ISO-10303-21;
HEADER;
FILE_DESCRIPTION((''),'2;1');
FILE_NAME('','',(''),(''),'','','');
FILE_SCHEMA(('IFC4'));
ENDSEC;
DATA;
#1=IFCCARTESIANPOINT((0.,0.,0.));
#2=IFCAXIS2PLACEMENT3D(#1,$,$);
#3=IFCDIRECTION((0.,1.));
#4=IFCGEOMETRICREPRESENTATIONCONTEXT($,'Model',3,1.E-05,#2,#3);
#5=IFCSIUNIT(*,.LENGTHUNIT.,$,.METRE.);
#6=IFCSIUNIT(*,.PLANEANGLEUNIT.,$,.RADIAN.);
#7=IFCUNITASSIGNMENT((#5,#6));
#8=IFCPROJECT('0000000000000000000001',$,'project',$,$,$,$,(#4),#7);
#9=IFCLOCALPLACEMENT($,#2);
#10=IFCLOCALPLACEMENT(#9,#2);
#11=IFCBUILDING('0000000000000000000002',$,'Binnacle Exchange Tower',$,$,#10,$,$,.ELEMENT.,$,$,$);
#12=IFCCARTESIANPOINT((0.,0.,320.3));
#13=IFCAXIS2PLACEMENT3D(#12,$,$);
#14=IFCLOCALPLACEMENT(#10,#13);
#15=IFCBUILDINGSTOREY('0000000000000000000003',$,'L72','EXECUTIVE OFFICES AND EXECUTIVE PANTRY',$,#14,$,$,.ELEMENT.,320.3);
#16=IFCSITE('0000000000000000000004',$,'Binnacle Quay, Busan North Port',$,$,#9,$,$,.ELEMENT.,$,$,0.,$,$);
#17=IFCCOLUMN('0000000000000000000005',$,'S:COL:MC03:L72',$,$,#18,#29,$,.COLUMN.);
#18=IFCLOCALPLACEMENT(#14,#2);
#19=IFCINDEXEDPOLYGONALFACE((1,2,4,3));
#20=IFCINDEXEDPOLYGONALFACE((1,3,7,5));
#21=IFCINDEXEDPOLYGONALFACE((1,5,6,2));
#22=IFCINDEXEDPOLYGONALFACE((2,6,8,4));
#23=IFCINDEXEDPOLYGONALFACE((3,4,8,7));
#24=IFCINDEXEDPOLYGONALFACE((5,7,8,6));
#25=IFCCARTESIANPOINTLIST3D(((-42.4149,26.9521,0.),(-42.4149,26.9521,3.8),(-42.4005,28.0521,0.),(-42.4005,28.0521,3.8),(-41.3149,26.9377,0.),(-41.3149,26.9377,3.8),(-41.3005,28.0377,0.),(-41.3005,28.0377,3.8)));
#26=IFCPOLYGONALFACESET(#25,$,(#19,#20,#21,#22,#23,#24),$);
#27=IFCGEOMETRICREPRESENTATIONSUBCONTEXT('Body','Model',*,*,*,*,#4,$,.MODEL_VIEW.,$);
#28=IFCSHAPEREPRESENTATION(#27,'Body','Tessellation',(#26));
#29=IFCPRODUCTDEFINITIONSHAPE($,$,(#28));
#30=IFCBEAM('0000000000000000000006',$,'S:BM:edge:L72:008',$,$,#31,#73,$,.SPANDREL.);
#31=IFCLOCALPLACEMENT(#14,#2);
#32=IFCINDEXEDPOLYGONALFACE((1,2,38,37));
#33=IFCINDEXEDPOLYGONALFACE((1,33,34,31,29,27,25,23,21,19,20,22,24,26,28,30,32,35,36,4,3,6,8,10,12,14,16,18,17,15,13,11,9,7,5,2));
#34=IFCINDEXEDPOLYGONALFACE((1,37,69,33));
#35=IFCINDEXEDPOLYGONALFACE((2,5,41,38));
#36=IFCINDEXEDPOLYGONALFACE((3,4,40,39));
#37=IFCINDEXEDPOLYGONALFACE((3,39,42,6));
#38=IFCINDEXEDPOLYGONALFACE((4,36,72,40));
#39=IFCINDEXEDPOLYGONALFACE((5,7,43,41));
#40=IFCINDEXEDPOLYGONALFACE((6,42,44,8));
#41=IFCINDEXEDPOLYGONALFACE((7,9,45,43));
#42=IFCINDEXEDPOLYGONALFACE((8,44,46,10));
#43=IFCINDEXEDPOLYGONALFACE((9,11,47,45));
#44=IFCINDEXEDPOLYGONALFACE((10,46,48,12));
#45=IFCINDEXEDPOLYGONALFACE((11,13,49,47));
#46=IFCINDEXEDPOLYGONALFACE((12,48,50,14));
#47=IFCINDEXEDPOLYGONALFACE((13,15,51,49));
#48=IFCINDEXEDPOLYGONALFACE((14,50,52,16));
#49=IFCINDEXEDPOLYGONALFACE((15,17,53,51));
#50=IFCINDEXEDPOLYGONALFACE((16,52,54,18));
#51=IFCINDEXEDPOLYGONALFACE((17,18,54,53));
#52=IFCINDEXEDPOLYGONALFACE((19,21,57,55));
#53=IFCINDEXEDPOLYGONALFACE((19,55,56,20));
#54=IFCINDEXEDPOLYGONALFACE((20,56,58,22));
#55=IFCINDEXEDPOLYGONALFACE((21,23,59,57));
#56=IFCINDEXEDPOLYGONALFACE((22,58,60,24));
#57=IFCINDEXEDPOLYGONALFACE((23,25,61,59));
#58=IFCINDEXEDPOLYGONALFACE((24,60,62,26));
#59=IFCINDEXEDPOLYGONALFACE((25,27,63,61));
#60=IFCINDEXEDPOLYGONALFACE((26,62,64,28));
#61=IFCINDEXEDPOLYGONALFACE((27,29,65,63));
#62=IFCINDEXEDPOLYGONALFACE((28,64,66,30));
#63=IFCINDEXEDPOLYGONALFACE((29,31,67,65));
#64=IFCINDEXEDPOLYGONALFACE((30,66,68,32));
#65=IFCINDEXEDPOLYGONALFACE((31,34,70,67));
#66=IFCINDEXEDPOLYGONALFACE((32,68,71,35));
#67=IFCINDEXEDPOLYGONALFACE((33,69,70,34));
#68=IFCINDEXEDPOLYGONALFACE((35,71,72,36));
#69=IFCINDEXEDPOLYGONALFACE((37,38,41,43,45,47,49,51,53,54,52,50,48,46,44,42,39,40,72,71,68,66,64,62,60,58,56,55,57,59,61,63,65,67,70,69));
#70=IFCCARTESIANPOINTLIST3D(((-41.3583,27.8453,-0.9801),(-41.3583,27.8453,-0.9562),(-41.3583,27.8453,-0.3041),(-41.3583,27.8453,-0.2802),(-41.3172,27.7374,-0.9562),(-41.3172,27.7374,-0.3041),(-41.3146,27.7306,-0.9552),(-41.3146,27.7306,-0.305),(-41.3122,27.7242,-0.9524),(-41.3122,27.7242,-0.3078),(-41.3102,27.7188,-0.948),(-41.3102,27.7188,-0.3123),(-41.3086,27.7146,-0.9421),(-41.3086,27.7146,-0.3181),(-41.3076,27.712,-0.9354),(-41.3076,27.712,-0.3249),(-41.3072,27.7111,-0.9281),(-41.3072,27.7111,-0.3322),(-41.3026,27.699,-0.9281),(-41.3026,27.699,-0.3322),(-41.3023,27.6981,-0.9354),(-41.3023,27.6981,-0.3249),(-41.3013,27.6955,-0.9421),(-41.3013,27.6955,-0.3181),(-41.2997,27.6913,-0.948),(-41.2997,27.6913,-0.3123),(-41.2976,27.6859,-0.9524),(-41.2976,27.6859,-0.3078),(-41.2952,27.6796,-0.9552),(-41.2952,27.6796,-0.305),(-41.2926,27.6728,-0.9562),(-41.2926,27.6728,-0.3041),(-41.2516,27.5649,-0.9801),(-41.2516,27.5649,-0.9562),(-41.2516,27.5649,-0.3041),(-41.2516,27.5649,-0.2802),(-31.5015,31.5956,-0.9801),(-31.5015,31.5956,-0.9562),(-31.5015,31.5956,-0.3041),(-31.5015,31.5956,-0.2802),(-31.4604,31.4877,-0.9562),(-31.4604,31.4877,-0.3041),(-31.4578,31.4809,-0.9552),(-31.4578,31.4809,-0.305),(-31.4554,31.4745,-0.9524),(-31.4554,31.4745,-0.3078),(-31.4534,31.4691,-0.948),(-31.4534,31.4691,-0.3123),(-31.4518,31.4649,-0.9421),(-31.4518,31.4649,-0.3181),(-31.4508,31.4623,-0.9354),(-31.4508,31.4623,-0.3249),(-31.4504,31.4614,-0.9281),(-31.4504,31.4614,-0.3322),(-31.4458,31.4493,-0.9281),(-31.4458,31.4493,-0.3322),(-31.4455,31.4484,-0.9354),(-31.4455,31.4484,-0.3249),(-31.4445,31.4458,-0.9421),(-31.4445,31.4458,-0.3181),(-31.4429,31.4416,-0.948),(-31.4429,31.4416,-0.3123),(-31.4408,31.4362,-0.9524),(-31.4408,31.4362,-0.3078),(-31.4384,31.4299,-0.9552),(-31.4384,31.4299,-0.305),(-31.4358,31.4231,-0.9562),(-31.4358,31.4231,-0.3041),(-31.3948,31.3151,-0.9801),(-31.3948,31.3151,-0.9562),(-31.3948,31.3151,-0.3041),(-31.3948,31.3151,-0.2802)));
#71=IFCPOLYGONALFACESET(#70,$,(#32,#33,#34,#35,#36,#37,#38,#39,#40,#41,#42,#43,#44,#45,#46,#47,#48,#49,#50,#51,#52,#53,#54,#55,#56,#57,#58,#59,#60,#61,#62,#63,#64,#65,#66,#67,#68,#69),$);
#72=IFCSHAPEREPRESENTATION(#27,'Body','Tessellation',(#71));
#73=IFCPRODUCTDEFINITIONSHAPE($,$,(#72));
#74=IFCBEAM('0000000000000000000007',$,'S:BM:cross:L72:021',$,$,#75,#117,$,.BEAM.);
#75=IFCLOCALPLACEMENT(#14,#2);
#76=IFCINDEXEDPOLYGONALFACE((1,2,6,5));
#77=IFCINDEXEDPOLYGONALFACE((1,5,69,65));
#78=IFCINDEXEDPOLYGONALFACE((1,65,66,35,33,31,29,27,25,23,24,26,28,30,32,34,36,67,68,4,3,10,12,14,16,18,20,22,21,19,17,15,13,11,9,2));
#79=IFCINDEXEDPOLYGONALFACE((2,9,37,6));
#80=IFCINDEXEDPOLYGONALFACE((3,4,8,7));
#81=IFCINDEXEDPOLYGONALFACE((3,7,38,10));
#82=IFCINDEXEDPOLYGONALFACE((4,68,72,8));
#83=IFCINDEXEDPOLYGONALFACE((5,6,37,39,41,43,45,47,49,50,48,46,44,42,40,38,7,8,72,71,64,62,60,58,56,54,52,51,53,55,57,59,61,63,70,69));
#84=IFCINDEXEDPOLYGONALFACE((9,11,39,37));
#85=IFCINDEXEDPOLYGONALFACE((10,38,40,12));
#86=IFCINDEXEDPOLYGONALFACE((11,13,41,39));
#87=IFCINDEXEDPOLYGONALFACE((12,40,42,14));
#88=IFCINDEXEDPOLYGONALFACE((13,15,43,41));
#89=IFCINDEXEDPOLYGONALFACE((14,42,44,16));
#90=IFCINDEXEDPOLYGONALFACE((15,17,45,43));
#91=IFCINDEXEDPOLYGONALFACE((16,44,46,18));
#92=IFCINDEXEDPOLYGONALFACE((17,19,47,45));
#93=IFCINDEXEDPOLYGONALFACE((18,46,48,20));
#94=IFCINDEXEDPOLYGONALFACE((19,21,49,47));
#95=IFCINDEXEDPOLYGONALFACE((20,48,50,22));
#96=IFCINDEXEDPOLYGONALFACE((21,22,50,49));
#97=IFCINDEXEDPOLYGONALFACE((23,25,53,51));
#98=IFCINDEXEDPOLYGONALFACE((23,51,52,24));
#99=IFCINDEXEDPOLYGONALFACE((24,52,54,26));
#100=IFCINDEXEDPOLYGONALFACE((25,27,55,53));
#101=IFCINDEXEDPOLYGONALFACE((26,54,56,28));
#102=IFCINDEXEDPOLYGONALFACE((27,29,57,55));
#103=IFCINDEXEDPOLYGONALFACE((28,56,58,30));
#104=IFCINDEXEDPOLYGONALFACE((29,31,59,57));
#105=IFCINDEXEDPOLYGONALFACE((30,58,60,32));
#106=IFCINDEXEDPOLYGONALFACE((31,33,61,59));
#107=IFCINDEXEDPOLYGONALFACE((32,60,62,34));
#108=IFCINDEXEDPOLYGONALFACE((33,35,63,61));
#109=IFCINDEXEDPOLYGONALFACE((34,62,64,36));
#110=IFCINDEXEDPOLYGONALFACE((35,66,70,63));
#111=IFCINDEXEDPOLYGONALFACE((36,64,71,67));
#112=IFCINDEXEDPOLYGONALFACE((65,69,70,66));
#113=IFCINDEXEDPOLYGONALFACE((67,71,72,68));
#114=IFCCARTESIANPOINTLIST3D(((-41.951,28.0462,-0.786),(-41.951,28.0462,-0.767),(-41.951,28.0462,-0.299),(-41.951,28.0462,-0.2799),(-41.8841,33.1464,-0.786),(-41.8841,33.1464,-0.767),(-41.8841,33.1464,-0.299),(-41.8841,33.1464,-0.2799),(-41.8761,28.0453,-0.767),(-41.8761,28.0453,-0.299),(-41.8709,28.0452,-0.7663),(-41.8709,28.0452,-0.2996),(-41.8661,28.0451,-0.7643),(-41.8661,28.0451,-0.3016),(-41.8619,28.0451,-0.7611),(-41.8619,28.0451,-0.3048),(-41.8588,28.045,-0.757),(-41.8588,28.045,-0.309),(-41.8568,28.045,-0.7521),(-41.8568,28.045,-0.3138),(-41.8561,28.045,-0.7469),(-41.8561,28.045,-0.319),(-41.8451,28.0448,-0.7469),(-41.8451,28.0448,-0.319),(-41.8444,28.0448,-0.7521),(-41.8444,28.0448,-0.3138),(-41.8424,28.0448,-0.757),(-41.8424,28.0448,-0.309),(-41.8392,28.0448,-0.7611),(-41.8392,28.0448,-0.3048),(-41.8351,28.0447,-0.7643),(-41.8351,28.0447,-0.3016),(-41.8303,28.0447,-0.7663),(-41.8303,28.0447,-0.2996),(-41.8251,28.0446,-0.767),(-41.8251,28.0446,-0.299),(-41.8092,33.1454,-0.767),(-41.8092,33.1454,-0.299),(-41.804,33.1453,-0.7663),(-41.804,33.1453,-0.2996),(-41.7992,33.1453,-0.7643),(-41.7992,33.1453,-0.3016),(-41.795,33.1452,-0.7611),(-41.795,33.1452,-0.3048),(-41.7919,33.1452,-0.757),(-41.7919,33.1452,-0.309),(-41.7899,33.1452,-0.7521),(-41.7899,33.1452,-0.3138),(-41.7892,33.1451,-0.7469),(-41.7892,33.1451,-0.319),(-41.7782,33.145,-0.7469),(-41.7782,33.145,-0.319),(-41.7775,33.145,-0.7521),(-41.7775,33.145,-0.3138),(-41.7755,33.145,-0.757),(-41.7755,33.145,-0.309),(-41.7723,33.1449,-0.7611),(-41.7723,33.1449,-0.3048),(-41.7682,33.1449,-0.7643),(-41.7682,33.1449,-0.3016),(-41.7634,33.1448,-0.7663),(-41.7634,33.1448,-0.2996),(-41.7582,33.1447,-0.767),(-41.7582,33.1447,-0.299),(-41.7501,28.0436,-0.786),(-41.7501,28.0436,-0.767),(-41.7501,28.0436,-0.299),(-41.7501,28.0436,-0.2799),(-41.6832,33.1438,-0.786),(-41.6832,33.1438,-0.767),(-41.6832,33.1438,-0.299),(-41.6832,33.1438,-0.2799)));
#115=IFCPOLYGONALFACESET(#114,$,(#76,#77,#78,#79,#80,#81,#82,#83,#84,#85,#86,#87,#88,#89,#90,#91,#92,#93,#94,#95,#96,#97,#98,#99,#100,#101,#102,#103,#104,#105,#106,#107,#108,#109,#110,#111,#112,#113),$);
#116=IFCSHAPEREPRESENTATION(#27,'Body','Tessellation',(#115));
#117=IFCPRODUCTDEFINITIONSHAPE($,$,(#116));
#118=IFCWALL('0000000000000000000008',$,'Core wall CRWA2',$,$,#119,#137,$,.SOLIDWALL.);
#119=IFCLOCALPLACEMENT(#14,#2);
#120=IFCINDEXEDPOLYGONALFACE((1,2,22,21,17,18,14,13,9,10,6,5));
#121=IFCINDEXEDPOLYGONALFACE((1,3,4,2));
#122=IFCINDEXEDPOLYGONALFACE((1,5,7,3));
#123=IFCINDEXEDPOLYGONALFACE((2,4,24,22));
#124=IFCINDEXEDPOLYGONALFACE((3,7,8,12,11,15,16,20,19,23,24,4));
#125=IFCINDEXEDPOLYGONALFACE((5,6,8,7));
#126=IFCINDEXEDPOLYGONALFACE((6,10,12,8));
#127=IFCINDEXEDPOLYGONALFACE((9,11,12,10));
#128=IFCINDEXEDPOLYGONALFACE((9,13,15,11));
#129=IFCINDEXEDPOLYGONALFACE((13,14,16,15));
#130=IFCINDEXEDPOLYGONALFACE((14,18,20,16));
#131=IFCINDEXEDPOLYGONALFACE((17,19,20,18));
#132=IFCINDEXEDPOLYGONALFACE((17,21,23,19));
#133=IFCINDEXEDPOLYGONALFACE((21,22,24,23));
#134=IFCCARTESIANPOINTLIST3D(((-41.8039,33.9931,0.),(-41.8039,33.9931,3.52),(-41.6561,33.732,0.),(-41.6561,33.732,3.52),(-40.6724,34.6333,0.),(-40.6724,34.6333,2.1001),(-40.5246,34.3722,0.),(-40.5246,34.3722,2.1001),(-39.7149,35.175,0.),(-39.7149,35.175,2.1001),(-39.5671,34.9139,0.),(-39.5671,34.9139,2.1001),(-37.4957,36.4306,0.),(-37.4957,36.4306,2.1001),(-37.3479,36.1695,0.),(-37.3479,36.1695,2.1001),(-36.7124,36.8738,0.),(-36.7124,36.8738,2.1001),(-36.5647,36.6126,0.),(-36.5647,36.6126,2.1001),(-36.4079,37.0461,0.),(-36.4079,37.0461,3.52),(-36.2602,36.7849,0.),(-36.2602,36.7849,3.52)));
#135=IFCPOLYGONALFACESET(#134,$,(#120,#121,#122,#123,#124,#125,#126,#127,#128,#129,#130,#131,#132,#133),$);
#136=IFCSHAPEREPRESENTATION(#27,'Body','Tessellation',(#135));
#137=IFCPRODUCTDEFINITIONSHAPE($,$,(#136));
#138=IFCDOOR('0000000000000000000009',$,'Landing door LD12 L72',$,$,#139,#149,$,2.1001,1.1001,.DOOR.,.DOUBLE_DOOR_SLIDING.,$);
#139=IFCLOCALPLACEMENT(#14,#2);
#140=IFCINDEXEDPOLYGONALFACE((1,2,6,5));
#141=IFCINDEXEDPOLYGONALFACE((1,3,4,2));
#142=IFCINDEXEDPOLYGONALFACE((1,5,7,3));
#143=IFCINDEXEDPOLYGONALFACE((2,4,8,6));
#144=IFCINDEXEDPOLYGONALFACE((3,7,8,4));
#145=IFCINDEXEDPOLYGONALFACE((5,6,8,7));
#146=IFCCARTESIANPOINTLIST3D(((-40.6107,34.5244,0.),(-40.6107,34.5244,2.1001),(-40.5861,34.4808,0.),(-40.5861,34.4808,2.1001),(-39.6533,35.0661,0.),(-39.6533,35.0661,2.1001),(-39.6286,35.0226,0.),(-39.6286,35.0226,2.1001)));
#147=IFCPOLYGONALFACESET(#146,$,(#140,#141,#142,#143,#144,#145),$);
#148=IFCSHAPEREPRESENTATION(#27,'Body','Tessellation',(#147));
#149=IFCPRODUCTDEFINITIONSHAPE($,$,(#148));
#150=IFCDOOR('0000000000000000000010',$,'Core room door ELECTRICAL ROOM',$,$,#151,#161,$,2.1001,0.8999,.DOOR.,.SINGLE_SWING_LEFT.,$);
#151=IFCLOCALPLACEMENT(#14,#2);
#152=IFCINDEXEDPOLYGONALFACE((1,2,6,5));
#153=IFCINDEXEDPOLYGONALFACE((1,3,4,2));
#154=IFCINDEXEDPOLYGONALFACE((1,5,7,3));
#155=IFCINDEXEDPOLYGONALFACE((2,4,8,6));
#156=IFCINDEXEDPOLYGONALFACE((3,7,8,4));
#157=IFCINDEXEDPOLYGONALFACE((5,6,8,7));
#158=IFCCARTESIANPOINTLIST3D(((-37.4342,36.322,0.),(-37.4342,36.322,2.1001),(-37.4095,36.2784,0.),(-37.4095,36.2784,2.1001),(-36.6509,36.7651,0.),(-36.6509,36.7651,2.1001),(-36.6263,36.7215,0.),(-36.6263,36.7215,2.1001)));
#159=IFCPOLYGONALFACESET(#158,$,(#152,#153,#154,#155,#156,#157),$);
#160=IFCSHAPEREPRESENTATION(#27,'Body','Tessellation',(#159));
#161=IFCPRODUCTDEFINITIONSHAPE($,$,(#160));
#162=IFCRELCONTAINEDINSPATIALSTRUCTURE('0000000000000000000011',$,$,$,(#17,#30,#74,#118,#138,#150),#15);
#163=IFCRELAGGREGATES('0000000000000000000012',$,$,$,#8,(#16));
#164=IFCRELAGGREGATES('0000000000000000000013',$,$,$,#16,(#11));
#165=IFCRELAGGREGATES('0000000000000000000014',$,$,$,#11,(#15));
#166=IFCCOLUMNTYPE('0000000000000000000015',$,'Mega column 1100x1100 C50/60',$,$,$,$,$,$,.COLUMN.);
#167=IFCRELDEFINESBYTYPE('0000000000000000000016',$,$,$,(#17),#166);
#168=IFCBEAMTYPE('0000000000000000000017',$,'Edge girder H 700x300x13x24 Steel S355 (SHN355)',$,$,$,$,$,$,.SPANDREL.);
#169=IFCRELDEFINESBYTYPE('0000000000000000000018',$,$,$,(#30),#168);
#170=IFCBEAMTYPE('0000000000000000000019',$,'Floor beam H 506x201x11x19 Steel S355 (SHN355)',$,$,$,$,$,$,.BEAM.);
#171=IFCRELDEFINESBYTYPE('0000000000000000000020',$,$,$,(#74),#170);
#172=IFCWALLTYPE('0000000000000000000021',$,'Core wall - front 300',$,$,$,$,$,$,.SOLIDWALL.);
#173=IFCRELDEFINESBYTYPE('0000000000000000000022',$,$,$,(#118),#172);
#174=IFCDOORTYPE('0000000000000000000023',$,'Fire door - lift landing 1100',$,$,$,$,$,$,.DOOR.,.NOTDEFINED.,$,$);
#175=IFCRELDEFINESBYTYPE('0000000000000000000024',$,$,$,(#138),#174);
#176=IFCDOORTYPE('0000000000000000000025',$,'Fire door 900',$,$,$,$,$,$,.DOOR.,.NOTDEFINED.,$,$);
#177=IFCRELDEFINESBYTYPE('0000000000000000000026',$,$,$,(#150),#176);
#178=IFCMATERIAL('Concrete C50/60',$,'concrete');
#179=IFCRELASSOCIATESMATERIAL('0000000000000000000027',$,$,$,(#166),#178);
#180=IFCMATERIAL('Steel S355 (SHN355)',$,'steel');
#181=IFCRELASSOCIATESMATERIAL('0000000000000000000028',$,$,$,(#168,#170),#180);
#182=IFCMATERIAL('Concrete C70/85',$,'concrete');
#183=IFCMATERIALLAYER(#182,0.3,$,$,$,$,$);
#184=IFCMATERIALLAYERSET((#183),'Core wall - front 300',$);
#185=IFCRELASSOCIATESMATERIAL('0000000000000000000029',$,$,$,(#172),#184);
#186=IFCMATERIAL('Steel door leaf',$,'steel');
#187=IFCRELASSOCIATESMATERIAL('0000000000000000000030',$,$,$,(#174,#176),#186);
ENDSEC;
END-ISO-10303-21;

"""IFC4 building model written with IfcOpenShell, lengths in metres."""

from ifc_helpers import new_model, si_unit, direction, frame, frame_2d, origin, origin_2d, place, context, subcontext, project, spatial, rectangle, i_section, extrude, material, layer, layer_set, material_profile, profile_set, type_object, element, fill, save


model = new_model("IFC4")

# Units and contexts
model_context = context("Model", 3, precision=1e-05, world=origin(), true_north=direction((0.0, 1.0)))
body_context = subcontext(model_context, "Body", "Model", "MODEL_VIEW")
ifc_project = project(units=[si_unit("LENGTHUNIT", "METRE"), si_unit("PLANEANGLEUNIT", "RADIAN")], contexts=[model_context])

# Site, building, storey
site_placement = place(None, origin())
site = spatial("IfcSite", under=ifc_project, at=site_placement, Name="Binnacle Quay, Busan North Port", CompositionType="ELEMENT", RefElevation=0.0)
building_placement = place(site_placement, origin())
building = spatial("IfcBuilding", under=site, at=building_placement, Name="Binnacle Exchange Tower", CompositionType="ELEMENT")
storey_placement = place(building_placement, frame((0.0, 0.0, 320.3)))
storey = spatial("IfcBuildingStorey", under=building, at=storey_placement, Name="L72", Description="EXECUTIVE OFFICES AND EXECUTIVE PANTRY", CompositionType="ELEMENT", Elevation=320.3)

# Column
ifc_material_1 = material(Name="Concrete C50/60", Category="concrete")
ifc_material_profile_1 = material_profile(ifc_material_1, rectangle(XDim=1.1001, YDim=1.1001, at=origin_2d()), Name="Mega column 1100x1100 C50/60")
ifc_profile_set_1 = profile_set([ifc_material_profile_1], Name="Concrete C50/60")
column_type = type_object("IfcColumnType", Name="Mega column 1100x1100 C50/60", PredefinedType="COLUMN", material=ifc_profile_set_1)
column_placement = place(storey_placement, frame((-41.8577, 27.4949, 0.0), z_axis=(0.0, 0.0, 1.0), x_axis=(0.999914, -0.01309, 0.0)))
element("IfcColumn", 1, at=column_placement, inside=storey, type_object=column_type, Name="S:COL:MC03:L72", PredefinedType="COLUMN", context=body_context, shape_type="SweptSolid", body=[
    extrude(rectangle(XDim=1.1001, YDim=1.1001, at=origin_2d()), origin(), (0.0, 0.0, 1.0), 3.8),
])

# Beams
ifc_material_2 = material(Name="Steel S355 (SHN355)", Category="steel")
ifc_material_profile_2 = material_profile(ifc_material_2, i_section(OverallWidth=0.3, OverallDepth=0.7, WebThickness=0.0129, FlangeThickness=0.0239, FilletRadius=0.0281, at=origin_2d()), Name="H 700x300x13x24")
ifc_profile_set_2 = profile_set([ifc_material_profile_2], Name="Steel S355 (SHN355)")
beam_type_1 = type_object("IfcBeamType", Name="Edge girder H 700x300x13x24 Steel S355 (SHN355)", PredefinedType="SPANDREL", material=ifc_profile_set_2)
beam_1_placement = place(storey_placement, frame((-41.3049, 27.7051, -0.6301), z_axis=(0.934635, 0.355607, 0.0), x_axis=(-0.355607, 0.934635, 0.0)))
element("IfcBeam", 2, at=beam_1_placement, inside=storey, type_object=beam_type_1, Name="S:BM:edge:L72:008", PredefinedType="SPANDREL", context=body_context, shape_type="SweptSolid", body=[
    extrude(i_section(OverallWidth=0.3, OverallDepth=0.7, WebThickness=0.0129, FlangeThickness=0.0239, FilletRadius=0.0281, at=origin_2d()), origin(), (0.0, 0.0, 1.0), 10.5461),
])
ifc_material_profile_3 = material_profile(ifc_material_2, i_section(OverallWidth=0.2009, OverallDepth=0.5061, WebThickness=0.011, FlangeThickness=0.019, FilletRadius=0.02, at=origin_2d()), Name="H 506x201x11x19")
ifc_profile_set_3 = profile_set([ifc_material_profile_3], Name="Steel S355 (SHN355)")
beam_type_2 = type_object("IfcBeamType", Name="Floor beam H 506x201x11x19 Steel S355 (SHN355)", PredefinedType="BEAM", material=ifc_profile_set_3)
beam_2_placement = place(storey_placement, frame((-41.8506, 28.0449, -0.533), z_axis=(0.013115, 0.999914, 0.0), x_axis=(-0.999914, 0.013115, 0.0)))
element("IfcBeam", 3, at=beam_2_placement, inside=storey, type_object=beam_type_2, Name="S:BM:cross:L72:021", PredefinedType="BEAM", context=body_context, shape_type="SweptSolid", body=[
    extrude(i_section(OverallWidth=0.2009, OverallDepth=0.5061, WebThickness=0.011, FlangeThickness=0.019, FilletRadius=0.02, at=origin_2d()), origin(), (0.0, 0.0, 1.0), 5.1006),
])

# Wall, openings, doors
ifc_material_3 = material(Name="Concrete C70/85", Category="concrete")
ifc_layer_1 = layer(ifc_material_3, 0.3)
ifc_layer_set_1 = layer_set([ifc_layer_1], Name="Core wall - front 300")
wall_type_1 = type_object("IfcWallType", Name="Core wall - front 300", PredefinedType="SOLIDWALL", material=ifc_layer_set_1)
wall_1_placement = place(storey_placement, frame((-41.73, 33.8625, 0.0), z_axis=(0.0, 0.0, 1.0), x_axis=(0.870351, 0.492432, 0.0)))
wall_1 = element("IfcWall", 4, at=wall_1_placement, inside=storey, type_object=wall_type_1, Name="Core wall CRWA2", PredefinedType="SOLIDWALL", context=body_context, shape_type="SweptSolid", body=[
    extrude(rectangle(XDim=6.1997, YDim=0.3, at=frame_2d((3.0999, 0.0))), origin(), (0.0, 0.0, 1.0), 3.52),
])
opening_1_placement = place(wall_1_placement, frame((1.3, 0.0, 0.0)))
opening_1 = element("IfcOpeningElement", 5, at=opening_1_placement, cuts=wall_1, PredefinedType="OPENING", context=body_context, shape_type="SweptSolid", body=[
    extrude(rectangle(XDim=1.1001, YDim=2.1001, at=frame_2d((0.55, 1.05))), frame((0.0, 0.1599, 0.0), z_axis=(0.0, -1.0, 0.0), x_axis=(1.0, 0.0, 0.0)), (0.0, 0.0, 1.0), 0.3201),
])
opening_2_placement = place(wall_1_placement, frame((4.95, 0.0, 0.0)))
opening_2 = element("IfcOpeningElement", 6, at=opening_2_placement, cuts=wall_1, PredefinedType="OPENING", context=body_context, shape_type="SweptSolid", body=[
    extrude(rectangle(XDim=0.8999, YDim=2.1001, at=frame_2d((0.45, 1.05))), frame((0.0, 0.1599, 0.0), z_axis=(0.0, -1.0, 0.0), x_axis=(1.0, 0.0, 0.0)), (0.0, 0.0, 1.0), 0.3201),
])
ifc_material_4 = material(Name="Steel door leaf", Category="steel")
door_type_1 = type_object("IfcDoorType", Name="Fire door - lift landing 1100", OperationType="NOTDEFINED", PredefinedType="DOOR", material=ifc_material_4)
door_1_placement = place(opening_1_placement, origin())
door_1 = element("IfcDoor", 7, at=door_1_placement, inside=storey, type_object=door_type_1, Name="Landing door LD12 L72", OperationType="DOUBLE_DOOR_SLIDING", OverallHeight=2.1001, OverallWidth=1.1001, PredefinedType="DOOR", context=body_context, shape_type="SweptSolid", body=[
    extrude(rectangle(XDim=1.1001, YDim=2.1001, at=frame_2d((0.55, 1.05))), frame((0.0, 0.0249, 0.0), z_axis=(0.0, -1.0, 0.0), x_axis=(1.0, 0.0, 0.0)), (0.0, 0.0, 1.0), 0.05),
])
fill(opening_1, door_1)
door_type_2 = type_object("IfcDoorType", Name="Fire door 900", OperationType="NOTDEFINED", PredefinedType="DOOR", material=ifc_material_4)
door_2_placement = place(opening_2_placement, frame((0.8999, 0.0, 0.0), z_axis=(0.0, 0.0, 1.0), x_axis=(-1.0, 0.0, 0.0)))
door_2 = element("IfcDoor", 8, at=door_2_placement, inside=storey, type_object=door_type_2, Name="Core room door ELECTRICAL ROOM", OperationType="SINGLE_SWING_LEFT", OverallHeight=2.1001, OverallWidth=0.8999, PredefinedType="DOOR", context=body_context, shape_type="SweptSolid", body=[
    extrude(rectangle(XDim=0.8999, YDim=2.1001, at=frame_2d((0.45, 1.05))), frame((0.0, 0.0249, 0.0), z_axis=(0.0, -1.0, 0.0), x_axis=(1.0, 0.0, 0.0)), (0.0, 0.0, 1.0), 0.05),
])
fill(opening_2, door_2)

save(model, "model.ifc")
